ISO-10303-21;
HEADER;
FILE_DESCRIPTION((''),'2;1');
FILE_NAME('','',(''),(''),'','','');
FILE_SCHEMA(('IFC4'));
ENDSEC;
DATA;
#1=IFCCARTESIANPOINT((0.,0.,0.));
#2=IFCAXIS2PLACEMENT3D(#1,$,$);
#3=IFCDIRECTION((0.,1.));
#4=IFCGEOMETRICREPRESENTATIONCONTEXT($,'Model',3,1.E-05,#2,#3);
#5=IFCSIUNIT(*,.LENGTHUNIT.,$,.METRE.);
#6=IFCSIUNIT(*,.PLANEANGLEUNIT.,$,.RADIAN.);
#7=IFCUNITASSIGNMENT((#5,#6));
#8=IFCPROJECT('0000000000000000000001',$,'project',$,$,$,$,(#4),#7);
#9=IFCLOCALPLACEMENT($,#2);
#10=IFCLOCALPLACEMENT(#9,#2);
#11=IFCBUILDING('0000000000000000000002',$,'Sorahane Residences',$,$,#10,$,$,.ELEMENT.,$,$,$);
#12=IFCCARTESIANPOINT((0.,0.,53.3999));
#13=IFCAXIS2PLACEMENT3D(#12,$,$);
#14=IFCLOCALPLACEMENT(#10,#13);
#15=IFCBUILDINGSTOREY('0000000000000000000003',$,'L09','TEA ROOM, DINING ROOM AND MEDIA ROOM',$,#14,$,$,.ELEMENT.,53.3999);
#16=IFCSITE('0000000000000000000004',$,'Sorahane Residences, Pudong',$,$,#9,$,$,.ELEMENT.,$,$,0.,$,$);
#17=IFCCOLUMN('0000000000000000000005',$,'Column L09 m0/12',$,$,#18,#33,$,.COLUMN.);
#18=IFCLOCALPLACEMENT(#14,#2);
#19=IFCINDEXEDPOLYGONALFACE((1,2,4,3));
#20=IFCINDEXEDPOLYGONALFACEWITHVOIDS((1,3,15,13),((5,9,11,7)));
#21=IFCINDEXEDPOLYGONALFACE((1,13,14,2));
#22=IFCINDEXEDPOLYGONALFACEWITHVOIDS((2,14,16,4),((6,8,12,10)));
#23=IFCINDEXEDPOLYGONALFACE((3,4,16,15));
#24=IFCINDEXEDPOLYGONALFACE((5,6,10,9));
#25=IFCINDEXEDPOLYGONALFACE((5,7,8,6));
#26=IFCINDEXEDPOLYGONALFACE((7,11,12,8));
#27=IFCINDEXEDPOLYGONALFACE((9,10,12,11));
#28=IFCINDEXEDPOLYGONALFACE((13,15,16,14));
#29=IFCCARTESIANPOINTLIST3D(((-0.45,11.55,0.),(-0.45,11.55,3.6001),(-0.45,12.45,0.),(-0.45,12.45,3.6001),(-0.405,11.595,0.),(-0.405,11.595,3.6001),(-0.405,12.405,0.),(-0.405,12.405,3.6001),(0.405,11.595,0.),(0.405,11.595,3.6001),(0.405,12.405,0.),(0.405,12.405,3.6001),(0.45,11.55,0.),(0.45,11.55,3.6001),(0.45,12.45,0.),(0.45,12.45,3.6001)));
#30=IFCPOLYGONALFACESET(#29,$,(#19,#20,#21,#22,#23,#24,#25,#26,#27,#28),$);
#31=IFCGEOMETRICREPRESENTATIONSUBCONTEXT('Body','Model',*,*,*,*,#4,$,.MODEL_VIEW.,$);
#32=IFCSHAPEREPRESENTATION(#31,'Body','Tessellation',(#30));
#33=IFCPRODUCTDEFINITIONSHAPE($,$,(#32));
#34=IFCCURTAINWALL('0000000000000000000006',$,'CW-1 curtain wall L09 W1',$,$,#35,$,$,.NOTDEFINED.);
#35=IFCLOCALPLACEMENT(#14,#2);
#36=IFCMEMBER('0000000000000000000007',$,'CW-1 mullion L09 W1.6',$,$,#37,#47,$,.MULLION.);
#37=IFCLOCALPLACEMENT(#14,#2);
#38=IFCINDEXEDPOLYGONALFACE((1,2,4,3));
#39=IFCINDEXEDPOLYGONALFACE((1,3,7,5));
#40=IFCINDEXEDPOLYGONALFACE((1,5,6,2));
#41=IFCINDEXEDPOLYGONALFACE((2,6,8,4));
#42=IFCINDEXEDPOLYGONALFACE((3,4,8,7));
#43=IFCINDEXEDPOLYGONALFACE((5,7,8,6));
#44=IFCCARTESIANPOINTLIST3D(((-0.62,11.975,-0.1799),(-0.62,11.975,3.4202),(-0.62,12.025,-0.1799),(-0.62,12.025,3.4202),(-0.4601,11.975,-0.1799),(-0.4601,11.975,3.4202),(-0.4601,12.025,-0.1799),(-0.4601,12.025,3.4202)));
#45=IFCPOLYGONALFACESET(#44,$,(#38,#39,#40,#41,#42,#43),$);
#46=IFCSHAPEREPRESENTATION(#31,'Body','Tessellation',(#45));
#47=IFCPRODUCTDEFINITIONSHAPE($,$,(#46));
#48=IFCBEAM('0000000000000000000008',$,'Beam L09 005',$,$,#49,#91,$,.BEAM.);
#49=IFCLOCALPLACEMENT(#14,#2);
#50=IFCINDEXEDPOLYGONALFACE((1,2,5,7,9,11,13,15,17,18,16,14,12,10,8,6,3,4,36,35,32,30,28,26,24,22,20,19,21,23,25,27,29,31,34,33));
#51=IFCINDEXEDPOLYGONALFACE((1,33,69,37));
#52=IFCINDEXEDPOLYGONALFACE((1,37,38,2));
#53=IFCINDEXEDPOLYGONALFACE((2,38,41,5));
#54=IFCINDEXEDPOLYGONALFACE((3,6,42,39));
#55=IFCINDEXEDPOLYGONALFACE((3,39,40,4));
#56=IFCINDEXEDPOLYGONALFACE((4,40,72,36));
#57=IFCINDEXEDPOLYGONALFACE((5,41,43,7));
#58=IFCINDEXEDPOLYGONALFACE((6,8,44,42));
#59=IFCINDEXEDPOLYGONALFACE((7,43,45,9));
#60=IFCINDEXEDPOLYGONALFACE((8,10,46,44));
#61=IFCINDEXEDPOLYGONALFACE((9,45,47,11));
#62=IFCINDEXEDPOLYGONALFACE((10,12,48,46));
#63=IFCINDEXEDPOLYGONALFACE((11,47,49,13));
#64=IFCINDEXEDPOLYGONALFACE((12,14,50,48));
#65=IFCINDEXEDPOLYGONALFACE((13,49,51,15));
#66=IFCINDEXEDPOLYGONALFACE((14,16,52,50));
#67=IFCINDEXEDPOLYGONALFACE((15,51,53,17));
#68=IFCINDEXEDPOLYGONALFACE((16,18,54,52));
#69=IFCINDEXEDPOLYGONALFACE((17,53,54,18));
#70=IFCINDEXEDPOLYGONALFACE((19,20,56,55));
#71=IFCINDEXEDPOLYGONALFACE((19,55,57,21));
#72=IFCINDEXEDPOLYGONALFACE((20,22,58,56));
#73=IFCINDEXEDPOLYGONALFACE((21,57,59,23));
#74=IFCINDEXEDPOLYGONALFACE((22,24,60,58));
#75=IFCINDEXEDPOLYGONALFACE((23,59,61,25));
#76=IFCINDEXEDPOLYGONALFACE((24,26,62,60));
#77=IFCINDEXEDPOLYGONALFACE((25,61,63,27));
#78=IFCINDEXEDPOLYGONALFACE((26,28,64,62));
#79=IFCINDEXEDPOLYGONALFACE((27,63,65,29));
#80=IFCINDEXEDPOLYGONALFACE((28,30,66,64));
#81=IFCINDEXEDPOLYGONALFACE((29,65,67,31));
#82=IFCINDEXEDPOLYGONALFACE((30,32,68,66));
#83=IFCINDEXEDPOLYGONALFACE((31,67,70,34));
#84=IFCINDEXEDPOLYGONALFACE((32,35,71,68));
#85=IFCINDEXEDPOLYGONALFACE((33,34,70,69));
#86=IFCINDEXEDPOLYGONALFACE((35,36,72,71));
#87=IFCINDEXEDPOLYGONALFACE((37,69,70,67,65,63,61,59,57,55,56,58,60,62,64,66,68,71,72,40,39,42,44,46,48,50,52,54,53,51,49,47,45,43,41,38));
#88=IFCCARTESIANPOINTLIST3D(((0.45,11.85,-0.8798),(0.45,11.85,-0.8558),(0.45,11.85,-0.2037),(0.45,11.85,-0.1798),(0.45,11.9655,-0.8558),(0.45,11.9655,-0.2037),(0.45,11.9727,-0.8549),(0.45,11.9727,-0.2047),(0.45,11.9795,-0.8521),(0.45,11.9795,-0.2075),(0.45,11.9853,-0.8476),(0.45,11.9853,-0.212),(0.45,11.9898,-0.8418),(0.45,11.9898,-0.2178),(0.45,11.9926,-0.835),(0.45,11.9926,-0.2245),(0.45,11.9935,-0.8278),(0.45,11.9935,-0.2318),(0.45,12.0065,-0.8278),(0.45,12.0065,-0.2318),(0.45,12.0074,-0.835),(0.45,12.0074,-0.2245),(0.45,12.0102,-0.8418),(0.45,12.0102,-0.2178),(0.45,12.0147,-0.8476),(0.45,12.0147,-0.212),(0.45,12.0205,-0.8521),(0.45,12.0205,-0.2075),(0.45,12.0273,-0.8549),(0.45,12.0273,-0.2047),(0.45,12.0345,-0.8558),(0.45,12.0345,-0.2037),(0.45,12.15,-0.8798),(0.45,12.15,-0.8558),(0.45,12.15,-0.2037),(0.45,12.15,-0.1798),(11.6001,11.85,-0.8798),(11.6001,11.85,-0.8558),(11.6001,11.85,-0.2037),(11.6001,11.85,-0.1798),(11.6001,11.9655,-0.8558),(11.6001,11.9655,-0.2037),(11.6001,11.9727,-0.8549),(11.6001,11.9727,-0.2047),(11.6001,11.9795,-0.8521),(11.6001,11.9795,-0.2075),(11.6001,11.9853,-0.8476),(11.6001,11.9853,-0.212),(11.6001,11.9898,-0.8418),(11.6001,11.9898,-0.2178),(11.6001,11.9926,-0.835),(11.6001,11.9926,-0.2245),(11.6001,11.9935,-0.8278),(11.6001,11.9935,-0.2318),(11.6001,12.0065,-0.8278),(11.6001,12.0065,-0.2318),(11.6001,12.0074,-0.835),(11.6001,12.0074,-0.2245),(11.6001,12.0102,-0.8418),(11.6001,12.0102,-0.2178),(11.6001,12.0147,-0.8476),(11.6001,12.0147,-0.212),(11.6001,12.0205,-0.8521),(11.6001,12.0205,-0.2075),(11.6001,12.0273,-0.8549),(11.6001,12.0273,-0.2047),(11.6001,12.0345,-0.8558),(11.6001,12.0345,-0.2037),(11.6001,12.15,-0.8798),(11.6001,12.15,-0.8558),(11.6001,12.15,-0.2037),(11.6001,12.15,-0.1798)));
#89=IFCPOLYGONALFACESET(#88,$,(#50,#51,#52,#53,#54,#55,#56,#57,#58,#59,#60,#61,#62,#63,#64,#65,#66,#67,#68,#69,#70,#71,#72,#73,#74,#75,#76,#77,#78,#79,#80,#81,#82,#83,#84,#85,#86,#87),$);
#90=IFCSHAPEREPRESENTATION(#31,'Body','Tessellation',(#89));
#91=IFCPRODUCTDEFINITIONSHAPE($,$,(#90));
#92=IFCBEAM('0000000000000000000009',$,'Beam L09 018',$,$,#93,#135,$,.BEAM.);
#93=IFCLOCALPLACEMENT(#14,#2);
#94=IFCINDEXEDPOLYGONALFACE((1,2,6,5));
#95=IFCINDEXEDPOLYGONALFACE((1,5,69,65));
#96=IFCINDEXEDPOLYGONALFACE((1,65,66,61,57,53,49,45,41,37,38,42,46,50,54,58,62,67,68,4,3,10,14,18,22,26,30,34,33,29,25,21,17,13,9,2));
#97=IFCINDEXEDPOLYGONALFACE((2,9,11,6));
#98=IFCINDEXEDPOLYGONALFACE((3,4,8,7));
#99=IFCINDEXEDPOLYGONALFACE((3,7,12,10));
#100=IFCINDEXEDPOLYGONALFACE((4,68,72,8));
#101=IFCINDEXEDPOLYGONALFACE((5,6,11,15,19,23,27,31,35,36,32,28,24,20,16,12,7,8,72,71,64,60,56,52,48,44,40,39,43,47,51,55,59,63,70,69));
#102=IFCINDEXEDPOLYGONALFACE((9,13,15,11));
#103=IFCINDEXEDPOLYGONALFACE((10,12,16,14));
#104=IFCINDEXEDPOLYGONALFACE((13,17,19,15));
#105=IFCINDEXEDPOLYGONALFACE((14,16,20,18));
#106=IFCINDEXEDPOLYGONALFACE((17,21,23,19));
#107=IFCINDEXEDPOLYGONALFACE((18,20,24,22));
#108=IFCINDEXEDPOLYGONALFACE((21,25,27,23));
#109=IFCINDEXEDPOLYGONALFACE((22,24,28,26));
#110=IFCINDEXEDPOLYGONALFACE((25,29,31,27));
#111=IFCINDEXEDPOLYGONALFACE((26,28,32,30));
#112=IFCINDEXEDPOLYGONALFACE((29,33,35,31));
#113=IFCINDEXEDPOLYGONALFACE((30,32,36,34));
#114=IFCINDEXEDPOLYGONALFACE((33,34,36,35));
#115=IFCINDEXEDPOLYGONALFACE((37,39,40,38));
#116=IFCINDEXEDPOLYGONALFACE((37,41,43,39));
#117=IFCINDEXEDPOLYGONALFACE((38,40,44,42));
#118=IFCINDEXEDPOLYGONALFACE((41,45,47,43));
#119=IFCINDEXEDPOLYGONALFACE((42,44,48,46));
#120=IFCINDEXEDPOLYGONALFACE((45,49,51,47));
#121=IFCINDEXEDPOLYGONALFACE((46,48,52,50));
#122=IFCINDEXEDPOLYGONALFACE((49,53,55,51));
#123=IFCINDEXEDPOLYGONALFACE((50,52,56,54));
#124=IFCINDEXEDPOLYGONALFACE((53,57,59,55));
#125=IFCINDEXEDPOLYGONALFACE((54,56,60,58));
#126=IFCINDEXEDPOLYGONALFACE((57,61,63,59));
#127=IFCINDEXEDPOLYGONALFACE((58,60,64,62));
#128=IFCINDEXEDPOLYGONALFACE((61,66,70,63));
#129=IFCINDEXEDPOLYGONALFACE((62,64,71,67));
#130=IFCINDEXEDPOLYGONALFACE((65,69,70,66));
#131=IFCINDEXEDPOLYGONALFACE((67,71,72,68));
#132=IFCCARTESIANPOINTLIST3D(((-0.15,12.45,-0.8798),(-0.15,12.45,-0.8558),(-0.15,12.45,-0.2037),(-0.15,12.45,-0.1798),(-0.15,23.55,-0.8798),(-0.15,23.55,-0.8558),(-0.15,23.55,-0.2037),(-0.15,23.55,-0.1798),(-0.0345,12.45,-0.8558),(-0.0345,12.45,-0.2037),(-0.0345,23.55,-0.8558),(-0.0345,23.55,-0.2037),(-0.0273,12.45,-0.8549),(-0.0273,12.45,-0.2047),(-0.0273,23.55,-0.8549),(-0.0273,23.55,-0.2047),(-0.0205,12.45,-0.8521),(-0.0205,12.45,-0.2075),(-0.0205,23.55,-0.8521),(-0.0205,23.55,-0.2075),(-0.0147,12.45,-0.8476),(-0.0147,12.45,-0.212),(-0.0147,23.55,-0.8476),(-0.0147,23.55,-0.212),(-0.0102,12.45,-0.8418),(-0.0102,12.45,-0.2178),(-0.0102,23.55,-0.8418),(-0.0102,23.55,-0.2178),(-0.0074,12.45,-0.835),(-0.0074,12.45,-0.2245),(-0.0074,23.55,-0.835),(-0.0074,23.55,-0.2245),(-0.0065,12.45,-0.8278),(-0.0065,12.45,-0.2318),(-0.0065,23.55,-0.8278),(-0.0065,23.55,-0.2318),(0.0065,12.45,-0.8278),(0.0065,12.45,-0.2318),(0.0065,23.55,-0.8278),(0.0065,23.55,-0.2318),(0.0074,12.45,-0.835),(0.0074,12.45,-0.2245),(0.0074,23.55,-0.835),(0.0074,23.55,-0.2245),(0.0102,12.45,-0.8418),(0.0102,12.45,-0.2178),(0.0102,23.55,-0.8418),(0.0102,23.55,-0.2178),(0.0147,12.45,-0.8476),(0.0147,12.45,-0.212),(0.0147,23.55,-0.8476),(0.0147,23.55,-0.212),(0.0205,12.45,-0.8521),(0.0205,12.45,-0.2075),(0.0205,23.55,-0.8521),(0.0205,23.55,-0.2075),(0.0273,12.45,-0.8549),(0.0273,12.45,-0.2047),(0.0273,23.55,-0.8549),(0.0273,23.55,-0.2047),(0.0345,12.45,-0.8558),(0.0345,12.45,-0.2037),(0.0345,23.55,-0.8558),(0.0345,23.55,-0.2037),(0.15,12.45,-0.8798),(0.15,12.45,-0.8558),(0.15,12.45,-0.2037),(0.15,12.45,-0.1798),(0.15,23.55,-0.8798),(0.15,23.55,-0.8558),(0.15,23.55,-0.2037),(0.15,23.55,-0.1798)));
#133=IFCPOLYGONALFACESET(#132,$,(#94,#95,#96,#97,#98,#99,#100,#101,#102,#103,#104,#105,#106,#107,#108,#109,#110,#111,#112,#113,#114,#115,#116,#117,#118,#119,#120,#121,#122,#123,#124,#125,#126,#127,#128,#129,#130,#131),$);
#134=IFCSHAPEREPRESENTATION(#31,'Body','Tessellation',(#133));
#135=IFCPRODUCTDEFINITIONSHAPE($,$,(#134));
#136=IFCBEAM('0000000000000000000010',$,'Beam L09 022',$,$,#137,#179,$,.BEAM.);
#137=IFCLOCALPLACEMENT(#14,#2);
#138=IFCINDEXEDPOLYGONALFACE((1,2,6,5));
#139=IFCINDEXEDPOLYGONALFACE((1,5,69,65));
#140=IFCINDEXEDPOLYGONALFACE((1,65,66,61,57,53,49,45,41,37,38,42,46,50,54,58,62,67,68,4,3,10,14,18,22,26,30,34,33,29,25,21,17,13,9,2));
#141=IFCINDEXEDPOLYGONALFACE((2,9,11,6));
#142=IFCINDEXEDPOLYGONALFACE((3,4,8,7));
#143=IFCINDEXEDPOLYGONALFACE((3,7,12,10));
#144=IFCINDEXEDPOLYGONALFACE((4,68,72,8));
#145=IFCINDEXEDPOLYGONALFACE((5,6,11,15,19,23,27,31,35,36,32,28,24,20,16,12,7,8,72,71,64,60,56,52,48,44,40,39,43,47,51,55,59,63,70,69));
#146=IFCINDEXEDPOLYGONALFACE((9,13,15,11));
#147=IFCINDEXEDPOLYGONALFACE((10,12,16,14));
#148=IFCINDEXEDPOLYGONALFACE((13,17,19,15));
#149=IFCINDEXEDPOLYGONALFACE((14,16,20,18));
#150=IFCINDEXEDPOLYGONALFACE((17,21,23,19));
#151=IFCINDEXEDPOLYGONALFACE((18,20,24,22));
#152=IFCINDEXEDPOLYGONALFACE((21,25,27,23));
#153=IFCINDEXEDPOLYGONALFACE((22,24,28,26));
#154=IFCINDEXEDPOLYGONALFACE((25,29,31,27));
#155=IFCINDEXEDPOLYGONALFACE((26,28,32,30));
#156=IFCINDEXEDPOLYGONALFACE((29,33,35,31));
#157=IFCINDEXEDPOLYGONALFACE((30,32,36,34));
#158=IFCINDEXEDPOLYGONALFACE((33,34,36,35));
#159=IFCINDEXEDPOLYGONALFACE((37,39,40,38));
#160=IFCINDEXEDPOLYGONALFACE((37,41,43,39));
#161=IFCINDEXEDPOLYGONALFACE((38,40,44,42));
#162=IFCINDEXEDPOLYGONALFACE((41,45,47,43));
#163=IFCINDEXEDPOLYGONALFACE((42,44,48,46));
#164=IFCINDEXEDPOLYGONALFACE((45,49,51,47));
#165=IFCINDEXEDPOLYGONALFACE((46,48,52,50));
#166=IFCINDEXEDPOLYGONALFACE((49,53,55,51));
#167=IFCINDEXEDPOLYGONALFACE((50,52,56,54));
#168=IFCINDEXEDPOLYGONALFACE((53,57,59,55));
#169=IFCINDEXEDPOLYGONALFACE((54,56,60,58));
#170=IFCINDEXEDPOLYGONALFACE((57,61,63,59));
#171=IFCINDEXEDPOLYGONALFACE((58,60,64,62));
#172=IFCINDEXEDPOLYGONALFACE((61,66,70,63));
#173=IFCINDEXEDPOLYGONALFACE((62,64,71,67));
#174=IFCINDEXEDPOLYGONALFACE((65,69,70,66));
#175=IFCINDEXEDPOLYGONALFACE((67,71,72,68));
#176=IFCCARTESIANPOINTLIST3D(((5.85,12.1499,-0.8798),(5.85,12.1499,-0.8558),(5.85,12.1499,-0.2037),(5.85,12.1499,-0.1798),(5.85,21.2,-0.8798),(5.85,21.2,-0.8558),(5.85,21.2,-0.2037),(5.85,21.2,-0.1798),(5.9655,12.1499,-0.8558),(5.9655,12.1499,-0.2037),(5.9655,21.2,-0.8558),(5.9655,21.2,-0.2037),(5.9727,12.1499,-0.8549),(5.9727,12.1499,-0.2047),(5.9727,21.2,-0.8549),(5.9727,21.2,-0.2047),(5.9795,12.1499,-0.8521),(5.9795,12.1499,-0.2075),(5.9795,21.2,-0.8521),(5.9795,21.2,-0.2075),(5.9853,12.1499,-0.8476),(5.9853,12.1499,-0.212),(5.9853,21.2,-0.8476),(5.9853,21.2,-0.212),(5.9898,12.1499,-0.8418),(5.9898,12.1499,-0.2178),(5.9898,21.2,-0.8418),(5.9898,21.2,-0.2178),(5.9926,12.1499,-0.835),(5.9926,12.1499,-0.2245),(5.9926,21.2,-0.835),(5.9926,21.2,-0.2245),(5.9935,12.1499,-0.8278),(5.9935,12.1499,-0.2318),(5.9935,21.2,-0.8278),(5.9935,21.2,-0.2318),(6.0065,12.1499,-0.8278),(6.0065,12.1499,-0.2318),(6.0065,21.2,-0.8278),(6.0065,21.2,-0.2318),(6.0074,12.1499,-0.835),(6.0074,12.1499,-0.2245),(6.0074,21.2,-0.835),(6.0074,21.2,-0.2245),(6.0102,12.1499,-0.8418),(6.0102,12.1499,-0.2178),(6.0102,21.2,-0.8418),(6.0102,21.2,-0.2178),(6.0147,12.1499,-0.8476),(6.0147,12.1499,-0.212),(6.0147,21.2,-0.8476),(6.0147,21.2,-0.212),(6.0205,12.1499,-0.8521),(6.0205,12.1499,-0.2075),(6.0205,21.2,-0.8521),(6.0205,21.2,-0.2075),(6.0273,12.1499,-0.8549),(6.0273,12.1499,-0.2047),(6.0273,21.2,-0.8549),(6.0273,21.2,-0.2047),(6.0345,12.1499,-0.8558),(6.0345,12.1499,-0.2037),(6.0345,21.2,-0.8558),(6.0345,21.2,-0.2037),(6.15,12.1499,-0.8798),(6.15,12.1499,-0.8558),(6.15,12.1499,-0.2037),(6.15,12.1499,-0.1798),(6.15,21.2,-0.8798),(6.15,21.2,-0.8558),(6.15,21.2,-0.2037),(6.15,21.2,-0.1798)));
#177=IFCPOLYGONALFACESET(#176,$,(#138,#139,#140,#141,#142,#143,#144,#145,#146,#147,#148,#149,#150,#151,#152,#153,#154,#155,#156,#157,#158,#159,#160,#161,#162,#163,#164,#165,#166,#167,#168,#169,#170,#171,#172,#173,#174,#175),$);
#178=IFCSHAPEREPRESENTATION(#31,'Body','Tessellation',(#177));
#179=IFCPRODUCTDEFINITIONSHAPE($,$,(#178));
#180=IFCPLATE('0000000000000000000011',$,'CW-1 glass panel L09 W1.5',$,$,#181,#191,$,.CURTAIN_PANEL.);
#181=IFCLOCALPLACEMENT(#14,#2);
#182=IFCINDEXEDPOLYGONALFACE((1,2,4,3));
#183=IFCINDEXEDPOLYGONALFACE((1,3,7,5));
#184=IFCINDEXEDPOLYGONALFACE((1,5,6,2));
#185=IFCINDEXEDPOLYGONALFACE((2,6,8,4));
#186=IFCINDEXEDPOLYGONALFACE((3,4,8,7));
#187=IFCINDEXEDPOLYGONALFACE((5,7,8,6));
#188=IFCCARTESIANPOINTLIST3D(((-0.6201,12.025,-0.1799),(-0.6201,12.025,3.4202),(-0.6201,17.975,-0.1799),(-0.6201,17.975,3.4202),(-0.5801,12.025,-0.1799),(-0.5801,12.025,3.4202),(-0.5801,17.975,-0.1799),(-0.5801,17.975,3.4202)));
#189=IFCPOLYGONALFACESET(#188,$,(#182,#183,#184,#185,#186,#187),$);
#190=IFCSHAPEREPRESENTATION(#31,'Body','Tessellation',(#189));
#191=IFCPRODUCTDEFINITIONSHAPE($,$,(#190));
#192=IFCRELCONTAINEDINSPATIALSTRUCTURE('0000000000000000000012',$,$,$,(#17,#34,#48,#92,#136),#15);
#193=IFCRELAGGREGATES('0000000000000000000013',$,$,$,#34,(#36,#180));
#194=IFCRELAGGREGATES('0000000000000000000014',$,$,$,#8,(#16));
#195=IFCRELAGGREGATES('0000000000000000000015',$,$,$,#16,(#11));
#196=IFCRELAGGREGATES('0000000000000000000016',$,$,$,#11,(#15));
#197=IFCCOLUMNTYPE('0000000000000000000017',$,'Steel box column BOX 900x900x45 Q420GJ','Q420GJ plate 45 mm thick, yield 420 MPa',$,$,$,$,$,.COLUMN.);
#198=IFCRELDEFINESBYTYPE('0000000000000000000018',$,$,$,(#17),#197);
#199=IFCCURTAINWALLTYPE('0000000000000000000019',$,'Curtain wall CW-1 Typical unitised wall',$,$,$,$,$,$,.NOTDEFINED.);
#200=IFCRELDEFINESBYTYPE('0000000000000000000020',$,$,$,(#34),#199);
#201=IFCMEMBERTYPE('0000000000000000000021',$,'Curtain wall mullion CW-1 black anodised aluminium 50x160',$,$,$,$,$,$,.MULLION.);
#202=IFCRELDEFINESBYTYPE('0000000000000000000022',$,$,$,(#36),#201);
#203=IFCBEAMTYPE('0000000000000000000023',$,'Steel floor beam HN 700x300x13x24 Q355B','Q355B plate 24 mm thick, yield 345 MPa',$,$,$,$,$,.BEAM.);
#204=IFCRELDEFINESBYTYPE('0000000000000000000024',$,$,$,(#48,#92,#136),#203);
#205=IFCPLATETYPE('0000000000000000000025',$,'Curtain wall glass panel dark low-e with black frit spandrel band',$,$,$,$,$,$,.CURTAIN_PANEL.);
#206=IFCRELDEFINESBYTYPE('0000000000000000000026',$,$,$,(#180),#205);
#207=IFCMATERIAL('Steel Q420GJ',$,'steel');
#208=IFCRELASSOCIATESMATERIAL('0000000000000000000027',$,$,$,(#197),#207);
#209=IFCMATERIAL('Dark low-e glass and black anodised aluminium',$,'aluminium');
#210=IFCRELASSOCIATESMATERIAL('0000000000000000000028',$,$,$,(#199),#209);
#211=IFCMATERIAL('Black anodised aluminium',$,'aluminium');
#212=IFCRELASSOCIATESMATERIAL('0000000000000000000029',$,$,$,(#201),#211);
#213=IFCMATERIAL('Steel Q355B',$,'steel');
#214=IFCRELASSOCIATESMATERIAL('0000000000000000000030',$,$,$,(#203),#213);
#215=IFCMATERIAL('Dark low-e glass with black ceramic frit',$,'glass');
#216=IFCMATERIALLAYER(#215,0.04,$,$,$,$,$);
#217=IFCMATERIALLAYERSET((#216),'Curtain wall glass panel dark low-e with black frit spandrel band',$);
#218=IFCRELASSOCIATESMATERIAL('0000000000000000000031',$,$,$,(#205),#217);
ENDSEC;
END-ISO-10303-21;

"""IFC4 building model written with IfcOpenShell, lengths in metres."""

from ifc_helpers import new_model, si_unit, direction, frame, origin, origin_2d, place, context, subcontext, project, spatial, rectangle, hollow_rectangle, i_section, extrude, material, layer, layer_set, material_profile, profile_set, type_object, element, aggregate, save


model = new_model("IFC4")

# Units and contexts
model_context = context("Model", 3, precision=1e-05, world=origin(), true_north=direction((0.0, 1.0)))
body_context = subcontext(model_context, "Body", "Model", "MODEL_VIEW")
ifc_project = project(units=[si_unit("LENGTHUNIT", "METRE"), si_unit("PLANEANGLEUNIT", "RADIAN")], contexts=[model_context])

# Site, building, storey
site_placement = place(None, origin())
site = spatial("IfcSite", under=ifc_project, at=site_placement, Name="Sorahane Residences, Pudong", CompositionType="ELEMENT", RefElevation=0.0)
building_placement = place(site_placement, origin())
building = spatial("IfcBuilding", under=site, at=building_placement, Name="Sorahane Residences", CompositionType="ELEMENT")
storey_placement = place(building_placement, frame((0.0, 0.0, 53.3999)))
storey = spatial("IfcBuildingStorey", under=building, at=storey_placement, Name="L09", Description="TEA ROOM, DINING ROOM AND MEDIA ROOM", CompositionType="ELEMENT", Elevation=53.3999)

# Column
ifc_material_1 = material(Name="Steel Q420GJ", Category="steel")
ifc_material_profile_1 = material_profile(ifc_material_1, hollow_rectangle(XDim=0.8999, YDim=0.8999, WallThickness=0.0449, at=origin_2d()), Name="BOX 900x900x45")
ifc_profile_set_1 = profile_set([ifc_material_profile_1], Name="Steel Q420GJ")
column_type = type_object("IfcColumnType", Name="Steel box column BOX 900x900x45 Q420GJ", Description="Q420GJ plate 45 mm thick, yield 420 MPa", PredefinedType="COLUMN", material=ifc_profile_set_1)
column_placement = place(storey_placement, frame((0.0, 12.0, 0.0), z_axis=(0.0, 0.0, 1.0), x_axis=(1.0, 0.0, 0.0)))
element("IfcColumn", 1, at=column_placement, inside=storey, type_object=column_type, Name="Column L09 m0/12", PredefinedType="COLUMN", context=body_context, shape_type="SweptSolid", body=[
    extrude(hollow_rectangle(XDim=0.8999, YDim=0.8999, WallThickness=0.0449, at=origin_2d()), origin(), (0.0, 0.0, 1.0), 3.6001),
])

# Curtain wall, member
ifc_material_2 = material(Name="Dark low-e glass and black anodised aluminium", Category="aluminium")
curtain_wall_type = type_object("IfcCurtainWallType", Name="Curtain wall CW-1 Typical unitised wall", PredefinedType="NOTDEFINED", material=ifc_material_2)
curtain_wall_placement = place(storey_placement, origin())
curtain_wall = element("IfcCurtainWall", 2, at=curtain_wall_placement, inside=storey, type_object=curtain_wall_type, Name="CW-1 curtain wall L09 W1", PredefinedType="NOTDEFINED")
ifc_material_3 = material(Name="Black anodised aluminium", Category="aluminium")
ifc_material_profile_2 = material_profile(ifc_material_3, rectangle(XDim=0.1599, YDim=0.05, at=origin_2d()), Name="Curtain wall mullion CW-1 black anodised aluminium 50x160")
ifc_profile_set_2 = profile_set([ifc_material_profile_2], Name="Black anodised aluminium")
member_type = type_object("IfcMemberType", Name="Curtain wall mullion CW-1 black anodised aluminium 50x160", PredefinedType="MULLION", material=ifc_profile_set_2)
member_placement = place(storey_placement, frame((-0.54, 12.0, -0.1799), z_axis=(0.0, 0.0, 1.0), x_axis=(-1.0, 0.0, 0.0)))
member = element("IfcMember", 3, at=member_placement, type_object=member_type, Name="CW-1 mullion L09 W1.6", PredefinedType="MULLION", context=body_context, shape_type="SweptSolid", body=[
    extrude(rectangle(XDim=0.1599, YDim=0.05, at=origin_2d()), origin(), (0.0, 0.0, 1.0), 3.6001),
])

# Beams
ifc_material_4 = material(Name="Steel Q355B", Category="steel")
ifc_material_profile_3 = material_profile(ifc_material_4, i_section(OverallWidth=0.3, OverallDepth=0.7, WebThickness=0.0129, FlangeThickness=0.0239, FilletRadius=0.0281, at=origin_2d()), Name="HN 700x300x13x24")
ifc_profile_set_3 = profile_set([ifc_material_profile_3], Name="Steel Q355B")
beam_type = type_object("IfcBeamType", Name="Steel floor beam HN 700x300x13x24 Q355B", Description="Q355B plate 24 mm thick, yield 345 MPa", PredefinedType="BEAM", material=ifc_profile_set_3)
beam_1_placement = place(storey_placement, frame((0.45, 12.0, -0.5298), z_axis=(1.0, 0.0, 0.0), x_axis=(0.0, 1.0, 0.0)))
element("IfcBeam", 4, at=beam_1_placement, inside=storey, type_object=beam_type, Name="Beam L09 005", PredefinedType="BEAM", context=body_context, shape_type="SweptSolid", body=[
    extrude(i_section(OverallWidth=0.3, OverallDepth=0.7, WebThickness=0.0129, FlangeThickness=0.0239, FilletRadius=0.0281, at=origin_2d()), origin(), (0.0, 0.0, 1.0), 11.1501),
])
beam_2_placement = place(storey_placement, frame((0.0, 12.45, -0.5298), z_axis=(0.0, 1.0, 0.0), x_axis=(-1.0, 0.0, 0.0)))
element("IfcBeam", 5, at=beam_2_placement, inside=storey, type_object=beam_type, Name="Beam L09 018", PredefinedType="BEAM", context=body_context, shape_type="SweptSolid", body=[
    extrude(i_section(OverallWidth=0.3, OverallDepth=0.7, WebThickness=0.0129, FlangeThickness=0.0239, FilletRadius=0.0281, at=origin_2d()), origin(), (0.0, 0.0, 1.0), 11.1001),
])
beam_3_placement = place(storey_placement, frame((6.0, 12.1499, -0.5298), z_axis=(0.0, 1.0, 0.0), x_axis=(-1.0, 0.0, 0.0)))
element("IfcBeam", 6, at=beam_3_placement, inside=storey, type_object=beam_type, Name="Beam L09 022", PredefinedType="BEAM", context=body_context, shape_type="SweptSolid", body=[
    extrude(i_section(OverallWidth=0.3, OverallDepth=0.7, WebThickness=0.0129, FlangeThickness=0.0239, FilletRadius=0.0281, at=origin_2d()), origin(), (0.0, 0.0, 1.0), 9.05),
])

# Plate
ifc_material_5 = material(Name="Dark low-e glass with black ceramic frit", Category="glass")
ifc_layer_1 = layer(ifc_material_5, 0.04)
ifc_layer_set_1 = layer_set([ifc_layer_1], Name="Curtain wall glass panel dark low-e with black frit spandrel band")
plate_type = type_object("IfcPlateType", Name="Curtain wall glass panel dark low-e with black frit spandrel band", PredefinedType="CURTAIN_PANEL", material=ifc_layer_set_1)
plate_1_placement = place(storey_placement, frame((-0.6001, 15.0, -0.1799), z_axis=(0.0, 0.0, 1.0), x_axis=(0.0, -1.0, 0.0)))
plate_1 = element("IfcPlate", 7, at=plate_1_placement, type_object=plate_type, Name="CW-1 glass panel L09 W1.5", PredefinedType="CURTAIN_PANEL", context=body_context, shape_type="SweptSolid", body=[
    extrude(rectangle(XDim=5.95, YDim=0.04, at=origin_2d()), origin(), (0.0, 0.0, 1.0), 3.6001),
])
aggregate(curtain_wall, [member, plate_1])

save(model, "model.ifc")
